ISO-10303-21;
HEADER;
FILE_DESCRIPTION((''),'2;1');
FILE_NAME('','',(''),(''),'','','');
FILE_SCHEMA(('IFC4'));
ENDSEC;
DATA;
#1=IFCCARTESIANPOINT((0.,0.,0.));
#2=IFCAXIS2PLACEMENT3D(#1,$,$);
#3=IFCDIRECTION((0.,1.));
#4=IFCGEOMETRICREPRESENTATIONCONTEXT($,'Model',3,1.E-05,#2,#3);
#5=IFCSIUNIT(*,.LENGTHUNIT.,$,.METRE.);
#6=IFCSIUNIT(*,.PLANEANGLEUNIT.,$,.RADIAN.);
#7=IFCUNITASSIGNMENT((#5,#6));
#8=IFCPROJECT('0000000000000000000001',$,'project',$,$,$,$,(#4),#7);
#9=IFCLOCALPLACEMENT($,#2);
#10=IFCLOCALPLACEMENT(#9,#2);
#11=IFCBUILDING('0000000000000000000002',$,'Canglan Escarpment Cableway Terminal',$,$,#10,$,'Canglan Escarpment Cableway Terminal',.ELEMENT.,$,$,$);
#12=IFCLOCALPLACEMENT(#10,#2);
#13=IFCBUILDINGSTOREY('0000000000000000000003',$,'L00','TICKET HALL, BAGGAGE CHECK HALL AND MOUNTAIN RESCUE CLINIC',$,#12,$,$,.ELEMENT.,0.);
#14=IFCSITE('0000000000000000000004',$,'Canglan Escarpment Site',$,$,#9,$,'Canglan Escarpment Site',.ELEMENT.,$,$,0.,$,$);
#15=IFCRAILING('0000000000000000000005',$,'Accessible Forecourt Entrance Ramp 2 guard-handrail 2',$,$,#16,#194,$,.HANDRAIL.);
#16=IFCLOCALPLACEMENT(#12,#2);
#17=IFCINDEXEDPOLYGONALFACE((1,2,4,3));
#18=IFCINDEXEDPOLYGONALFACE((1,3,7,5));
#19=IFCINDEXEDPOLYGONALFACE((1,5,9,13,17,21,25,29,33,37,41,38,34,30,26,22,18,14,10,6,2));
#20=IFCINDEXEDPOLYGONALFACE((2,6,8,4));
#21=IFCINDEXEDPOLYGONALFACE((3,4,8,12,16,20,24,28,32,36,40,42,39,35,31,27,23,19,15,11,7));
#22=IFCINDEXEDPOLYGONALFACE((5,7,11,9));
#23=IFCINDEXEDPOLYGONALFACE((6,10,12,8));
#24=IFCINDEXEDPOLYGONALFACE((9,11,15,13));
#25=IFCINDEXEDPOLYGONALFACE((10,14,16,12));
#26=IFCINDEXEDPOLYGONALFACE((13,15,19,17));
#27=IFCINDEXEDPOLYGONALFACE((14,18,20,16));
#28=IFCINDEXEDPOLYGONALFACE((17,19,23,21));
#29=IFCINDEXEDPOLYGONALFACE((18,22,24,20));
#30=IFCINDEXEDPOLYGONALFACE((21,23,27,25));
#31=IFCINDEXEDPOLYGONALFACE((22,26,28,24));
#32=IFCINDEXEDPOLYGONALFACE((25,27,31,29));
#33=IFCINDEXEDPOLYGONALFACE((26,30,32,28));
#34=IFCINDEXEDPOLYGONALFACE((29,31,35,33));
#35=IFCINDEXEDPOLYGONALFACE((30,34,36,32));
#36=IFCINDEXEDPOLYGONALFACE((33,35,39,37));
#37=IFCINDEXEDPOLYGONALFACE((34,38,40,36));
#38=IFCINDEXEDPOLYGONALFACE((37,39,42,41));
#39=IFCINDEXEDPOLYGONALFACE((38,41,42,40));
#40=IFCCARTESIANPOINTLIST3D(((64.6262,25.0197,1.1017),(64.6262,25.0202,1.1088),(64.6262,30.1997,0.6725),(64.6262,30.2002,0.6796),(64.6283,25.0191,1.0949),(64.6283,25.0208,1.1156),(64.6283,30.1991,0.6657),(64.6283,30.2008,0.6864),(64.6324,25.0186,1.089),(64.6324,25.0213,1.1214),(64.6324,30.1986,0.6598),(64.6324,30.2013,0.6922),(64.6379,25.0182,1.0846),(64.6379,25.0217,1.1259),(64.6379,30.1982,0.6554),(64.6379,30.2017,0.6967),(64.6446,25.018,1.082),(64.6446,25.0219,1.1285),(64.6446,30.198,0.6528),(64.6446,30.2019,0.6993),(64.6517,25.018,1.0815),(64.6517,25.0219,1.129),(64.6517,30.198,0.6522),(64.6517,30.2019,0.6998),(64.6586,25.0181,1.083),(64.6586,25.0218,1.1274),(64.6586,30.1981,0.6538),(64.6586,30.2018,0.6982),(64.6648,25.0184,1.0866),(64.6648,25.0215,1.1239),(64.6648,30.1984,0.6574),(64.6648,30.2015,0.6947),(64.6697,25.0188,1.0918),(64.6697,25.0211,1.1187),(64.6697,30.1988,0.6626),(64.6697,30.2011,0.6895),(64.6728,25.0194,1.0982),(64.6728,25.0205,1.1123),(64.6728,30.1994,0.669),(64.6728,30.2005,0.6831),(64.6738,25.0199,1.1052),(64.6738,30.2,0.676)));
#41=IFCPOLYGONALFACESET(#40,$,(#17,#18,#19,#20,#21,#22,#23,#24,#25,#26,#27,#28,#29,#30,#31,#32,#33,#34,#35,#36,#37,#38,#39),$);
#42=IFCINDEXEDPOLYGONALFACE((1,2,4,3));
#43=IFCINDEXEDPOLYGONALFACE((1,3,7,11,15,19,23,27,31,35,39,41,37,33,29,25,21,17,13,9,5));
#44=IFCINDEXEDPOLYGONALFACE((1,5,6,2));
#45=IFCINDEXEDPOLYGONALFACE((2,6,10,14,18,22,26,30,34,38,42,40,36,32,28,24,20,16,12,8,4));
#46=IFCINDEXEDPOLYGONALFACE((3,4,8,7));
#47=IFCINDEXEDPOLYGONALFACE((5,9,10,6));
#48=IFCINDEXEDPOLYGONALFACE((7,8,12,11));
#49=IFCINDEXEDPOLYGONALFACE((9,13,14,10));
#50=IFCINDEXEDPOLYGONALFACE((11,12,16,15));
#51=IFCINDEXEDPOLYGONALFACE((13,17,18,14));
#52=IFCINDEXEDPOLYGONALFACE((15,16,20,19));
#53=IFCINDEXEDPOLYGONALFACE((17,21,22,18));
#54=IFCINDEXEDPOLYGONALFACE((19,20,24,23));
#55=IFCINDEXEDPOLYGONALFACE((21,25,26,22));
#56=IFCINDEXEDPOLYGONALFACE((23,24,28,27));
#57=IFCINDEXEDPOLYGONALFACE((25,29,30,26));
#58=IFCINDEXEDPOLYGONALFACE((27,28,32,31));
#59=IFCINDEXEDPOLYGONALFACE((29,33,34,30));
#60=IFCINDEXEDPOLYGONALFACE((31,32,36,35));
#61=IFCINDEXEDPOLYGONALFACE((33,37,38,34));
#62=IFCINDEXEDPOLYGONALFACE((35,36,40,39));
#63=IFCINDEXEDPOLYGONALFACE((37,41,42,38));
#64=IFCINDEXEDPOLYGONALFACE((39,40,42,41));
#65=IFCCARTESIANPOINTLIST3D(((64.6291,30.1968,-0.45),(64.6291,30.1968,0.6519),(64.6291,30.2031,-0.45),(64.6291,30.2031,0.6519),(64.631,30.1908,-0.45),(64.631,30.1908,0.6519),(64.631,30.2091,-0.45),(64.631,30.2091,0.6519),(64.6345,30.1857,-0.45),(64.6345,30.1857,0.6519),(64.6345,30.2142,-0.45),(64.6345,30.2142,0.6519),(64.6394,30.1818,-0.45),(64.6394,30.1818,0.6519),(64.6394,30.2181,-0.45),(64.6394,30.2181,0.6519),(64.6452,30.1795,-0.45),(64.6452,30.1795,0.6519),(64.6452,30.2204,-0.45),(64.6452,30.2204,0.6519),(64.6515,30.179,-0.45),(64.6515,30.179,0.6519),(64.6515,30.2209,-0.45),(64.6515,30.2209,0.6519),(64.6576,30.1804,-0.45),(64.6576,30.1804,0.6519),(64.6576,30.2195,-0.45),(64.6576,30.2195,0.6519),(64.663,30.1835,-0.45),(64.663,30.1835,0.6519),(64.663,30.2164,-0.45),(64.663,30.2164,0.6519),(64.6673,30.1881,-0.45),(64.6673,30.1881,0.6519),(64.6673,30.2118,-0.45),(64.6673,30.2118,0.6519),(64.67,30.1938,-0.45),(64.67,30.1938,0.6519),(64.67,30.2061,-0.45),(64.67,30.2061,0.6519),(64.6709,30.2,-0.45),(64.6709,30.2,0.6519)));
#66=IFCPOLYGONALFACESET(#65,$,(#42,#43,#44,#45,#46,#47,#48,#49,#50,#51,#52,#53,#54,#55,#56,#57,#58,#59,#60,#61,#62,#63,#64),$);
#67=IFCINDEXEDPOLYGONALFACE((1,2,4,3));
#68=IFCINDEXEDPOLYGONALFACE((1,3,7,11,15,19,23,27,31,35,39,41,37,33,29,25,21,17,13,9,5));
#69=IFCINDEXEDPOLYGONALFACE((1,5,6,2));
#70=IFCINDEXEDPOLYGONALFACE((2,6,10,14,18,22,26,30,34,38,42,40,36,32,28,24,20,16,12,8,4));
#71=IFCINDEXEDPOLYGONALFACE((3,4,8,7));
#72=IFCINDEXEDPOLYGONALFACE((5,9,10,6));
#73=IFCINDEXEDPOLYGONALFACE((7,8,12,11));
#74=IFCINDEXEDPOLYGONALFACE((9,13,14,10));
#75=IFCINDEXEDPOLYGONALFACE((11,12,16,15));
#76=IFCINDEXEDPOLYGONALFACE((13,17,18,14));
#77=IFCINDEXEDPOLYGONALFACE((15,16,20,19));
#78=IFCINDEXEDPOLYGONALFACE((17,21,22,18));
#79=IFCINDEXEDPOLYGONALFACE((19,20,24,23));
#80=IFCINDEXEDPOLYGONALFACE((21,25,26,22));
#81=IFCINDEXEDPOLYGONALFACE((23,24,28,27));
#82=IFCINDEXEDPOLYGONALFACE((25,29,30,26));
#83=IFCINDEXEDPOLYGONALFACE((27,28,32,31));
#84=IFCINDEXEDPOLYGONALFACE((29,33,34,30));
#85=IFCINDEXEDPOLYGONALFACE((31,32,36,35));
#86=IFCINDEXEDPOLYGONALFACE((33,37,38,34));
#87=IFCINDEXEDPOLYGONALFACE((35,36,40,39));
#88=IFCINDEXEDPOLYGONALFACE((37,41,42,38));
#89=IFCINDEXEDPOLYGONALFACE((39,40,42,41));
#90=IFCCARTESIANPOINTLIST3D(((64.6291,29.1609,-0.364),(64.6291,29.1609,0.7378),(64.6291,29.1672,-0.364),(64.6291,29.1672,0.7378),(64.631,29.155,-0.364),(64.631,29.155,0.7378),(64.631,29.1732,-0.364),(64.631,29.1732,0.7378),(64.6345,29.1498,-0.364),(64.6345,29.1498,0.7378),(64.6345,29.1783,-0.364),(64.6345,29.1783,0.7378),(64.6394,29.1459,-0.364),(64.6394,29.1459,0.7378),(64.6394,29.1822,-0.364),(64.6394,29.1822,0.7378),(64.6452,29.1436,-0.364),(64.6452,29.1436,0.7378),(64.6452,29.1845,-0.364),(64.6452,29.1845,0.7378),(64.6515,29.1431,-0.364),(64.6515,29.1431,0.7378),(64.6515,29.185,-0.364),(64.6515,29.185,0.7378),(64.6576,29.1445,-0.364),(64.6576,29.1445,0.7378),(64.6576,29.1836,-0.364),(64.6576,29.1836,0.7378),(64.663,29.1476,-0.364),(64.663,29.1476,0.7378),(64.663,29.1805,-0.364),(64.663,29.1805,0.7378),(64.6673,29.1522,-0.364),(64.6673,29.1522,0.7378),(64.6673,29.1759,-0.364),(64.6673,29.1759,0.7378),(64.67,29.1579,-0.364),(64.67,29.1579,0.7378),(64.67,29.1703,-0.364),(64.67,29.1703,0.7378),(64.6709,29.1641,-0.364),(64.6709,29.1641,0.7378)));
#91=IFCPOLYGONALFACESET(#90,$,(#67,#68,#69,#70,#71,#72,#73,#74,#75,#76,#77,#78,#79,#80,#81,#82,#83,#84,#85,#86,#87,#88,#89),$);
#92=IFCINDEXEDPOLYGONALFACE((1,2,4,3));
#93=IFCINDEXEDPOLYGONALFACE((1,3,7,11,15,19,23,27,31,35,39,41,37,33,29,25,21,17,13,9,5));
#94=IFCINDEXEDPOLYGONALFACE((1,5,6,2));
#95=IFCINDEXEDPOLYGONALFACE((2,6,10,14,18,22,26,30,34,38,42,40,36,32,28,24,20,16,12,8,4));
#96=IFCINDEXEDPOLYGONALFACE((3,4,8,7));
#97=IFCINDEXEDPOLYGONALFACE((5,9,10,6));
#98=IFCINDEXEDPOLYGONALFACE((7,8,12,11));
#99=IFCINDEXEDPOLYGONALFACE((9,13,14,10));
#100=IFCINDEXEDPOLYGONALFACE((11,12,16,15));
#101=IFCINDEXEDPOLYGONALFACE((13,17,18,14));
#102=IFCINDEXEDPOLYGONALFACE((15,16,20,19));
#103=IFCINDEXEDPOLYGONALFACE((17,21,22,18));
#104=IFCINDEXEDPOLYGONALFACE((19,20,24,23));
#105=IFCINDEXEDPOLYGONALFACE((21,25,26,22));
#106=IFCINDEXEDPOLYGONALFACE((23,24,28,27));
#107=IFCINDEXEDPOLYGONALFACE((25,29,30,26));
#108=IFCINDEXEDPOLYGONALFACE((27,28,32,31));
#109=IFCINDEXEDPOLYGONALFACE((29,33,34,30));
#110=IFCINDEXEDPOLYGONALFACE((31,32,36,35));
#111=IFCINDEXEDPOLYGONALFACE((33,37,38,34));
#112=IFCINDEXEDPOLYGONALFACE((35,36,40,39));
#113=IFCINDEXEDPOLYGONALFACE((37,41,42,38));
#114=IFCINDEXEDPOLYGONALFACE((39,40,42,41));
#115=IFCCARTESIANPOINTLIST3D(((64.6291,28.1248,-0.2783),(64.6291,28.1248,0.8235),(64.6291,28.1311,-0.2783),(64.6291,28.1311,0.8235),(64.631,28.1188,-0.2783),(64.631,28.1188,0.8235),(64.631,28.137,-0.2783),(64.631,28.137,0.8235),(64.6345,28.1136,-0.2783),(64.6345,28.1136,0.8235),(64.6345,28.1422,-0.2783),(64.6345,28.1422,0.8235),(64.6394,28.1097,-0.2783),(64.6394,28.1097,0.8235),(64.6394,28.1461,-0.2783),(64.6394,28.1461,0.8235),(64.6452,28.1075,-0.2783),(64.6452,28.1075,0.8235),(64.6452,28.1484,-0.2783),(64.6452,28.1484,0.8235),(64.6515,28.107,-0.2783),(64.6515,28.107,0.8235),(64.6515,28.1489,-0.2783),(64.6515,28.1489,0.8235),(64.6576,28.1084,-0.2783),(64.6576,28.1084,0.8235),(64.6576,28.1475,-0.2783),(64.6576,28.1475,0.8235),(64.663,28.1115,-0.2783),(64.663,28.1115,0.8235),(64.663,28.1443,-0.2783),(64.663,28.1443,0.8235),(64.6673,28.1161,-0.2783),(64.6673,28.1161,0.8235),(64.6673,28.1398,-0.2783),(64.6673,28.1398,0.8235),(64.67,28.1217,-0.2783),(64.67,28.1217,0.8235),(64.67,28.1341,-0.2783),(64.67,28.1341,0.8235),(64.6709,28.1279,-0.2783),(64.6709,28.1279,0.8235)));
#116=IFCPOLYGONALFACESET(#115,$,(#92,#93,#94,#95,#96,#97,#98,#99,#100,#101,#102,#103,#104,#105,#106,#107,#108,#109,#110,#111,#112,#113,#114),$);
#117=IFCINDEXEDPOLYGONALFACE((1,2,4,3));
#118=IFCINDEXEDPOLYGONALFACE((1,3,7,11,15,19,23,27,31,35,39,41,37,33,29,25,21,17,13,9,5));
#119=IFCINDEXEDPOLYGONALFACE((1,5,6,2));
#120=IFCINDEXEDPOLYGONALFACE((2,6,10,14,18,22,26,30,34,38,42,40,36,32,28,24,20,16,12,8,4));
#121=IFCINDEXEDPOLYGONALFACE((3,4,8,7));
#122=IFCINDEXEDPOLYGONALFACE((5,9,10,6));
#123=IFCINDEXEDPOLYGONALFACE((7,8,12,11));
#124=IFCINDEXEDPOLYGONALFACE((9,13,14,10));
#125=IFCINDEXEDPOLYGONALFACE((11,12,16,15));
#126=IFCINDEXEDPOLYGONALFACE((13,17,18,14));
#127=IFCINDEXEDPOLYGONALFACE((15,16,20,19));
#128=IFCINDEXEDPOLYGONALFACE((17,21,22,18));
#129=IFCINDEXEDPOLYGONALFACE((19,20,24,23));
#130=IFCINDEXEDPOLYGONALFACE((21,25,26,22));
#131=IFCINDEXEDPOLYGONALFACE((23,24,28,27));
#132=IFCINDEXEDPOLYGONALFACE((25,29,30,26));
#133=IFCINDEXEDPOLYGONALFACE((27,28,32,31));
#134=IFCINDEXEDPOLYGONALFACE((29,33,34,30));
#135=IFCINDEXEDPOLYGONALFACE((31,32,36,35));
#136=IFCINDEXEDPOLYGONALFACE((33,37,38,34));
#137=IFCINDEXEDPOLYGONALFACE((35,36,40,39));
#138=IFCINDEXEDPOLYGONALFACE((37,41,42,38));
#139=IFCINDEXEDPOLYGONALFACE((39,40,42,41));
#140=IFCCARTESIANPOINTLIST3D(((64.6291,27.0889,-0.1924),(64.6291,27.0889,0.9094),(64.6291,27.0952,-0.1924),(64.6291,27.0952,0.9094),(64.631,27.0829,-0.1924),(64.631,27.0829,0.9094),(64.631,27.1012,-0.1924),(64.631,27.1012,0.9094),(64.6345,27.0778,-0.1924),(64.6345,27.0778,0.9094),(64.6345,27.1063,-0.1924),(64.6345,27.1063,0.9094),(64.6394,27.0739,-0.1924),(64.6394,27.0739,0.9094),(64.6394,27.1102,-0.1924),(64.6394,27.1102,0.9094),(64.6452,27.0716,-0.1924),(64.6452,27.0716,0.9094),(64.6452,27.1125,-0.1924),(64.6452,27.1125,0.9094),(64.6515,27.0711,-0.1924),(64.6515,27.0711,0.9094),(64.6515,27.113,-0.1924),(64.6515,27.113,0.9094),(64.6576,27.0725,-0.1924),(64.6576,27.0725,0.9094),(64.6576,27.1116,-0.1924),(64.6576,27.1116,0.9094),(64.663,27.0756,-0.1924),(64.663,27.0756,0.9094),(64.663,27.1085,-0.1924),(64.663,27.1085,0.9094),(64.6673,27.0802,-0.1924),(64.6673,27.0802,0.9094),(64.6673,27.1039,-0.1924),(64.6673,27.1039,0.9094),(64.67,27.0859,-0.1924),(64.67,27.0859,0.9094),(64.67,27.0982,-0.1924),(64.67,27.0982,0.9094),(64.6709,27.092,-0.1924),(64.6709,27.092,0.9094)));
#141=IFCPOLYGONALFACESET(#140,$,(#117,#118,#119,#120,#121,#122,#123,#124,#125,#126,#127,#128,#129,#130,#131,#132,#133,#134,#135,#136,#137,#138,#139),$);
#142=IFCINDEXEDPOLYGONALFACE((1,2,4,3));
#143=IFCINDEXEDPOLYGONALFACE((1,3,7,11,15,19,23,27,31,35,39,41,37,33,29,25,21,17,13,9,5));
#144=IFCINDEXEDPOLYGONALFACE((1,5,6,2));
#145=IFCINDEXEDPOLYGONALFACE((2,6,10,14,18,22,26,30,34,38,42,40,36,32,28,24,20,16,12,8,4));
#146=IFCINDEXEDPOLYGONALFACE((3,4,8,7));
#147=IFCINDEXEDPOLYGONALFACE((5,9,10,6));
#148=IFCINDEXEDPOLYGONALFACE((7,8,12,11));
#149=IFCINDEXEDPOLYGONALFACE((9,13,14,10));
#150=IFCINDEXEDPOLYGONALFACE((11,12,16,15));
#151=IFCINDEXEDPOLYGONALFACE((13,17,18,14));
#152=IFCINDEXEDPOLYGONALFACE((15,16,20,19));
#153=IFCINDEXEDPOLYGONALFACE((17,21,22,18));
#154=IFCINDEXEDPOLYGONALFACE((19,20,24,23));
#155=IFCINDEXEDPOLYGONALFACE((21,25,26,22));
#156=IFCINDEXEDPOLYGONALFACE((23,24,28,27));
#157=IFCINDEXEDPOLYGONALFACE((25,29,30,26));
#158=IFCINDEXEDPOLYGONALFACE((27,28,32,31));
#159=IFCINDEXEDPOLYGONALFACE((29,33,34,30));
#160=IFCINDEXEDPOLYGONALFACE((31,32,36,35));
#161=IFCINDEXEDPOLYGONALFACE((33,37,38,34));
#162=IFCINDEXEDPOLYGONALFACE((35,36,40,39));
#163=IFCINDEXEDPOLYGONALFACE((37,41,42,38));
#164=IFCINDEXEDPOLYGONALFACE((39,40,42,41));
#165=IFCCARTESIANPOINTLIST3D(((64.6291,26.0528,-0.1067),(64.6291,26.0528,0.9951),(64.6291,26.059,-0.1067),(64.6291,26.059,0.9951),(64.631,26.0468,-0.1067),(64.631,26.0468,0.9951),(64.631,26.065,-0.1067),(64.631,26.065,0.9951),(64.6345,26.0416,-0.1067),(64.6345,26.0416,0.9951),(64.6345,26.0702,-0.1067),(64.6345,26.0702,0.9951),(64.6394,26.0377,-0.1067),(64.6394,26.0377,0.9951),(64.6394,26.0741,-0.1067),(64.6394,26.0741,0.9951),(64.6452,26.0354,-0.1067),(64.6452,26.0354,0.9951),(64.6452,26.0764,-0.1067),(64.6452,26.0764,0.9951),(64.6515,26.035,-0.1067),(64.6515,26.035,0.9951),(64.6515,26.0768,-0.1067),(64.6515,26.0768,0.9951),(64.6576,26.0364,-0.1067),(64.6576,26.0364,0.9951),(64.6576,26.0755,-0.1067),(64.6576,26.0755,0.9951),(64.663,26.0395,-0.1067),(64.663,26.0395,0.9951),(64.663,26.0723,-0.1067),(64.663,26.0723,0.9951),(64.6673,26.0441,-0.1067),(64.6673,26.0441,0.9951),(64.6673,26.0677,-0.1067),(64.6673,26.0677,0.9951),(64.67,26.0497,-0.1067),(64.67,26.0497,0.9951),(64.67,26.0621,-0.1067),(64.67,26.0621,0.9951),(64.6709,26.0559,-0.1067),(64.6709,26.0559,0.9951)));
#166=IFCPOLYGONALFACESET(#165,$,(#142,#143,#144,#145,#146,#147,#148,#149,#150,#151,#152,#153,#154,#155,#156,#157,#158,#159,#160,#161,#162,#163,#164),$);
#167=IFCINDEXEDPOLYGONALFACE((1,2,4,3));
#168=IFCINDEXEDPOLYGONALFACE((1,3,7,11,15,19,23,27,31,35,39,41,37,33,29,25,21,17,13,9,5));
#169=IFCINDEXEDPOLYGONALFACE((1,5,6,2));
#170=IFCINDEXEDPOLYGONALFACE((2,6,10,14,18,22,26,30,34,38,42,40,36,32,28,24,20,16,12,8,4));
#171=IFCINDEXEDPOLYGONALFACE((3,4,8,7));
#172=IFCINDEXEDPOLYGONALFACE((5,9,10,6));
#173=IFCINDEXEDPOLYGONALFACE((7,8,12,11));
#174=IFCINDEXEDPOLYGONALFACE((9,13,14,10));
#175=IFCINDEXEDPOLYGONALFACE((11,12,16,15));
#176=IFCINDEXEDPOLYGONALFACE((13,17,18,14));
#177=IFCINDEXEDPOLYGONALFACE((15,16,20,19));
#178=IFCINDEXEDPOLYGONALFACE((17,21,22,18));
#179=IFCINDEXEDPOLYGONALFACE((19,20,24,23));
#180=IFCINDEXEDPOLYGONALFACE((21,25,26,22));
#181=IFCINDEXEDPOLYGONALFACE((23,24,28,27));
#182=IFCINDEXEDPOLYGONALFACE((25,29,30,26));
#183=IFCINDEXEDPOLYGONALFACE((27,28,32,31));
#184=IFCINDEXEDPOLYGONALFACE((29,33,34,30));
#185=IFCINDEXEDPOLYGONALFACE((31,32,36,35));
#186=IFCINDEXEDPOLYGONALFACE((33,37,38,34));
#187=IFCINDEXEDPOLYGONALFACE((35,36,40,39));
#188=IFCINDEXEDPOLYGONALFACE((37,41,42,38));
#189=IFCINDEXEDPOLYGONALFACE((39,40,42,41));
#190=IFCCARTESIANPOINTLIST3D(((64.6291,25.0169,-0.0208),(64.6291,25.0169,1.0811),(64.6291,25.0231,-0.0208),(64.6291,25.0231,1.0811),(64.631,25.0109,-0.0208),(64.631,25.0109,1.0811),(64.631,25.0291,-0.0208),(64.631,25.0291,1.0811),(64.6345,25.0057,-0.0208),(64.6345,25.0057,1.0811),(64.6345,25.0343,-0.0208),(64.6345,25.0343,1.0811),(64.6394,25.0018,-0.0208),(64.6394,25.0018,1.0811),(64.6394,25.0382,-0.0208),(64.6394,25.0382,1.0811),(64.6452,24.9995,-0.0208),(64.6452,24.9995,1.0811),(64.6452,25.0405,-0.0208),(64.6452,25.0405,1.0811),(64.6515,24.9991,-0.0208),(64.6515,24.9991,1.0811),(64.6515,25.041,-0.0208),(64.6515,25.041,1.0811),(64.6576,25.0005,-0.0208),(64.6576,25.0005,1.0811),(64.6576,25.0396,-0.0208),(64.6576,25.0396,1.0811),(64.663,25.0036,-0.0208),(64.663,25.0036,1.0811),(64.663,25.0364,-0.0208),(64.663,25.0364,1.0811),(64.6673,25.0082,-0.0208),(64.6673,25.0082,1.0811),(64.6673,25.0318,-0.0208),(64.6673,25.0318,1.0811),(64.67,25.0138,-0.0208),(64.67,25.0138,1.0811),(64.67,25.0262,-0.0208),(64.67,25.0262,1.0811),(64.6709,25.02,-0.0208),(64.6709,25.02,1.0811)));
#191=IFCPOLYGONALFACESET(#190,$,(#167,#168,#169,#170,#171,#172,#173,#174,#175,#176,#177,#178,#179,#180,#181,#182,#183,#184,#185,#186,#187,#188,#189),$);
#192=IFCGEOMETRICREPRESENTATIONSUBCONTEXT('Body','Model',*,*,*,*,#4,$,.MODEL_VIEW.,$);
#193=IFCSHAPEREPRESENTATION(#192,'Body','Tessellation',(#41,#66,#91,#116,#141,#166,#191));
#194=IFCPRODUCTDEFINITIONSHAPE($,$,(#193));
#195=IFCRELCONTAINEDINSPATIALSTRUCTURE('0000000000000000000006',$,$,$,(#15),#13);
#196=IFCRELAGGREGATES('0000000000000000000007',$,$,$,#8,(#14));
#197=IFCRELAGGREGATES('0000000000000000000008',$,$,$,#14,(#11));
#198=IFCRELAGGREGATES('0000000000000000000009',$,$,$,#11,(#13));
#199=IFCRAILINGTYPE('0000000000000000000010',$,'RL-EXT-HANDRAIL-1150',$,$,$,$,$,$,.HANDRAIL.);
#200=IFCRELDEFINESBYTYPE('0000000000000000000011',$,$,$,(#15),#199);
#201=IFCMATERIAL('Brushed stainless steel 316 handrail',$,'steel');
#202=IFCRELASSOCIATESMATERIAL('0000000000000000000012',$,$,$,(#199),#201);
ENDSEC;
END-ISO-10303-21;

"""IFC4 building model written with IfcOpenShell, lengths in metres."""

from ifc_helpers import new_model, si_unit, direction, frame, origin, origin_2d, place, context, subcontext, project, spatial, circle, extrude, material, type_object, element, save


model = new_model("IFC4")

# Units and contexts
model_context = context("Model", 3, precision=1e-05, world=origin(), true_north=direction((0.0, 1.0)))
body_context = subcontext(model_context, "Body", "Model", "MODEL_VIEW")
ifc_project = project(units=[si_unit("LENGTHUNIT", "METRE"), si_unit("PLANEANGLEUNIT", "RADIAN")], contexts=[model_context])

# Site, building, storey
site_placement = place(None, origin())
site = spatial("IfcSite", under=ifc_project, at=site_placement, Name="Canglan Escarpment Site", LongName="Canglan Escarpment Site", CompositionType="ELEMENT", RefElevation=0.0)
building_placement = place(site_placement, origin())
building = spatial("IfcBuilding", under=site, at=building_placement, Name="Canglan Escarpment Cableway Terminal", LongName="Canglan Escarpment Cableway Terminal", CompositionType="ELEMENT")
storey_placement = place(building_placement, origin())
storey = spatial("IfcBuildingStorey", under=building, at=storey_placement, Name="L00", Description="TICKET HALL, BAGGAGE CHECK HALL AND MOUNTAIN RESCUE CLINIC", CompositionType="ELEMENT", Elevation=0.0)

# Railing
ifc_material_1 = material(Name="Brushed stainless steel 316 handrail", Category="steel")
railing_type = type_object("IfcRailingType", Name="RL-EXT-HANDRAIL-1150", PredefinedType="HANDRAIL", material=ifc_material_1)
for number, where, name in (
    (1, (64.6499, 30.2, -0.45), "Accessible Forecourt Entrance Ramp 2 guard-handrail 2"),
):
    element("IfcRailing", number, at=place(storey_placement, frame(where)), inside=storey, type_object=railing_type, Name=name, PredefinedType="HANDRAIL", context=body_context, shape_type="SweptSolid", body=[
        extrude(circle(Radius=0.0239, at=origin_2d()), frame((0.0, 0.0, 1.126), z_axis=(0.0, -0.996585, 0.082575), x_axis=(1.0, 0.0, 0.0)), (0.0, 0.0, 1.0), 5.1978),
        extrude(circle(Radius=0.021, at=origin_2d()), origin(), (0.0, 0.0, 1.0), 1.1018),
        extrude(circle(Radius=0.021, at=origin_2d()), frame((0.0, -1.0359, 0.0859)), (0.0, 0.0, 1.0), 1.1018),
        extrude(circle(Radius=0.021, at=origin_2d()), frame((0.0, -2.072, 0.1716)), (0.0, 0.0, 1.0), 1.1018),
        extrude(circle(Radius=0.021, at=origin_2d()), frame((0.0, -3.1079, 0.2576)), (0.0, 0.0, 1.0), 1.1018),
        extrude(circle(Radius=0.021, at=origin_2d()), frame((0.0, -4.144, 0.3433)), (0.0, 0.0, 1.0), 1.1018),
        extrude(circle(Radius=0.021, at=origin_2d()), frame((0.0, -5.1799, 0.4292)), (0.0, 0.0, 1.0), 1.1018),
    ])

save(model, "model.ifc")
